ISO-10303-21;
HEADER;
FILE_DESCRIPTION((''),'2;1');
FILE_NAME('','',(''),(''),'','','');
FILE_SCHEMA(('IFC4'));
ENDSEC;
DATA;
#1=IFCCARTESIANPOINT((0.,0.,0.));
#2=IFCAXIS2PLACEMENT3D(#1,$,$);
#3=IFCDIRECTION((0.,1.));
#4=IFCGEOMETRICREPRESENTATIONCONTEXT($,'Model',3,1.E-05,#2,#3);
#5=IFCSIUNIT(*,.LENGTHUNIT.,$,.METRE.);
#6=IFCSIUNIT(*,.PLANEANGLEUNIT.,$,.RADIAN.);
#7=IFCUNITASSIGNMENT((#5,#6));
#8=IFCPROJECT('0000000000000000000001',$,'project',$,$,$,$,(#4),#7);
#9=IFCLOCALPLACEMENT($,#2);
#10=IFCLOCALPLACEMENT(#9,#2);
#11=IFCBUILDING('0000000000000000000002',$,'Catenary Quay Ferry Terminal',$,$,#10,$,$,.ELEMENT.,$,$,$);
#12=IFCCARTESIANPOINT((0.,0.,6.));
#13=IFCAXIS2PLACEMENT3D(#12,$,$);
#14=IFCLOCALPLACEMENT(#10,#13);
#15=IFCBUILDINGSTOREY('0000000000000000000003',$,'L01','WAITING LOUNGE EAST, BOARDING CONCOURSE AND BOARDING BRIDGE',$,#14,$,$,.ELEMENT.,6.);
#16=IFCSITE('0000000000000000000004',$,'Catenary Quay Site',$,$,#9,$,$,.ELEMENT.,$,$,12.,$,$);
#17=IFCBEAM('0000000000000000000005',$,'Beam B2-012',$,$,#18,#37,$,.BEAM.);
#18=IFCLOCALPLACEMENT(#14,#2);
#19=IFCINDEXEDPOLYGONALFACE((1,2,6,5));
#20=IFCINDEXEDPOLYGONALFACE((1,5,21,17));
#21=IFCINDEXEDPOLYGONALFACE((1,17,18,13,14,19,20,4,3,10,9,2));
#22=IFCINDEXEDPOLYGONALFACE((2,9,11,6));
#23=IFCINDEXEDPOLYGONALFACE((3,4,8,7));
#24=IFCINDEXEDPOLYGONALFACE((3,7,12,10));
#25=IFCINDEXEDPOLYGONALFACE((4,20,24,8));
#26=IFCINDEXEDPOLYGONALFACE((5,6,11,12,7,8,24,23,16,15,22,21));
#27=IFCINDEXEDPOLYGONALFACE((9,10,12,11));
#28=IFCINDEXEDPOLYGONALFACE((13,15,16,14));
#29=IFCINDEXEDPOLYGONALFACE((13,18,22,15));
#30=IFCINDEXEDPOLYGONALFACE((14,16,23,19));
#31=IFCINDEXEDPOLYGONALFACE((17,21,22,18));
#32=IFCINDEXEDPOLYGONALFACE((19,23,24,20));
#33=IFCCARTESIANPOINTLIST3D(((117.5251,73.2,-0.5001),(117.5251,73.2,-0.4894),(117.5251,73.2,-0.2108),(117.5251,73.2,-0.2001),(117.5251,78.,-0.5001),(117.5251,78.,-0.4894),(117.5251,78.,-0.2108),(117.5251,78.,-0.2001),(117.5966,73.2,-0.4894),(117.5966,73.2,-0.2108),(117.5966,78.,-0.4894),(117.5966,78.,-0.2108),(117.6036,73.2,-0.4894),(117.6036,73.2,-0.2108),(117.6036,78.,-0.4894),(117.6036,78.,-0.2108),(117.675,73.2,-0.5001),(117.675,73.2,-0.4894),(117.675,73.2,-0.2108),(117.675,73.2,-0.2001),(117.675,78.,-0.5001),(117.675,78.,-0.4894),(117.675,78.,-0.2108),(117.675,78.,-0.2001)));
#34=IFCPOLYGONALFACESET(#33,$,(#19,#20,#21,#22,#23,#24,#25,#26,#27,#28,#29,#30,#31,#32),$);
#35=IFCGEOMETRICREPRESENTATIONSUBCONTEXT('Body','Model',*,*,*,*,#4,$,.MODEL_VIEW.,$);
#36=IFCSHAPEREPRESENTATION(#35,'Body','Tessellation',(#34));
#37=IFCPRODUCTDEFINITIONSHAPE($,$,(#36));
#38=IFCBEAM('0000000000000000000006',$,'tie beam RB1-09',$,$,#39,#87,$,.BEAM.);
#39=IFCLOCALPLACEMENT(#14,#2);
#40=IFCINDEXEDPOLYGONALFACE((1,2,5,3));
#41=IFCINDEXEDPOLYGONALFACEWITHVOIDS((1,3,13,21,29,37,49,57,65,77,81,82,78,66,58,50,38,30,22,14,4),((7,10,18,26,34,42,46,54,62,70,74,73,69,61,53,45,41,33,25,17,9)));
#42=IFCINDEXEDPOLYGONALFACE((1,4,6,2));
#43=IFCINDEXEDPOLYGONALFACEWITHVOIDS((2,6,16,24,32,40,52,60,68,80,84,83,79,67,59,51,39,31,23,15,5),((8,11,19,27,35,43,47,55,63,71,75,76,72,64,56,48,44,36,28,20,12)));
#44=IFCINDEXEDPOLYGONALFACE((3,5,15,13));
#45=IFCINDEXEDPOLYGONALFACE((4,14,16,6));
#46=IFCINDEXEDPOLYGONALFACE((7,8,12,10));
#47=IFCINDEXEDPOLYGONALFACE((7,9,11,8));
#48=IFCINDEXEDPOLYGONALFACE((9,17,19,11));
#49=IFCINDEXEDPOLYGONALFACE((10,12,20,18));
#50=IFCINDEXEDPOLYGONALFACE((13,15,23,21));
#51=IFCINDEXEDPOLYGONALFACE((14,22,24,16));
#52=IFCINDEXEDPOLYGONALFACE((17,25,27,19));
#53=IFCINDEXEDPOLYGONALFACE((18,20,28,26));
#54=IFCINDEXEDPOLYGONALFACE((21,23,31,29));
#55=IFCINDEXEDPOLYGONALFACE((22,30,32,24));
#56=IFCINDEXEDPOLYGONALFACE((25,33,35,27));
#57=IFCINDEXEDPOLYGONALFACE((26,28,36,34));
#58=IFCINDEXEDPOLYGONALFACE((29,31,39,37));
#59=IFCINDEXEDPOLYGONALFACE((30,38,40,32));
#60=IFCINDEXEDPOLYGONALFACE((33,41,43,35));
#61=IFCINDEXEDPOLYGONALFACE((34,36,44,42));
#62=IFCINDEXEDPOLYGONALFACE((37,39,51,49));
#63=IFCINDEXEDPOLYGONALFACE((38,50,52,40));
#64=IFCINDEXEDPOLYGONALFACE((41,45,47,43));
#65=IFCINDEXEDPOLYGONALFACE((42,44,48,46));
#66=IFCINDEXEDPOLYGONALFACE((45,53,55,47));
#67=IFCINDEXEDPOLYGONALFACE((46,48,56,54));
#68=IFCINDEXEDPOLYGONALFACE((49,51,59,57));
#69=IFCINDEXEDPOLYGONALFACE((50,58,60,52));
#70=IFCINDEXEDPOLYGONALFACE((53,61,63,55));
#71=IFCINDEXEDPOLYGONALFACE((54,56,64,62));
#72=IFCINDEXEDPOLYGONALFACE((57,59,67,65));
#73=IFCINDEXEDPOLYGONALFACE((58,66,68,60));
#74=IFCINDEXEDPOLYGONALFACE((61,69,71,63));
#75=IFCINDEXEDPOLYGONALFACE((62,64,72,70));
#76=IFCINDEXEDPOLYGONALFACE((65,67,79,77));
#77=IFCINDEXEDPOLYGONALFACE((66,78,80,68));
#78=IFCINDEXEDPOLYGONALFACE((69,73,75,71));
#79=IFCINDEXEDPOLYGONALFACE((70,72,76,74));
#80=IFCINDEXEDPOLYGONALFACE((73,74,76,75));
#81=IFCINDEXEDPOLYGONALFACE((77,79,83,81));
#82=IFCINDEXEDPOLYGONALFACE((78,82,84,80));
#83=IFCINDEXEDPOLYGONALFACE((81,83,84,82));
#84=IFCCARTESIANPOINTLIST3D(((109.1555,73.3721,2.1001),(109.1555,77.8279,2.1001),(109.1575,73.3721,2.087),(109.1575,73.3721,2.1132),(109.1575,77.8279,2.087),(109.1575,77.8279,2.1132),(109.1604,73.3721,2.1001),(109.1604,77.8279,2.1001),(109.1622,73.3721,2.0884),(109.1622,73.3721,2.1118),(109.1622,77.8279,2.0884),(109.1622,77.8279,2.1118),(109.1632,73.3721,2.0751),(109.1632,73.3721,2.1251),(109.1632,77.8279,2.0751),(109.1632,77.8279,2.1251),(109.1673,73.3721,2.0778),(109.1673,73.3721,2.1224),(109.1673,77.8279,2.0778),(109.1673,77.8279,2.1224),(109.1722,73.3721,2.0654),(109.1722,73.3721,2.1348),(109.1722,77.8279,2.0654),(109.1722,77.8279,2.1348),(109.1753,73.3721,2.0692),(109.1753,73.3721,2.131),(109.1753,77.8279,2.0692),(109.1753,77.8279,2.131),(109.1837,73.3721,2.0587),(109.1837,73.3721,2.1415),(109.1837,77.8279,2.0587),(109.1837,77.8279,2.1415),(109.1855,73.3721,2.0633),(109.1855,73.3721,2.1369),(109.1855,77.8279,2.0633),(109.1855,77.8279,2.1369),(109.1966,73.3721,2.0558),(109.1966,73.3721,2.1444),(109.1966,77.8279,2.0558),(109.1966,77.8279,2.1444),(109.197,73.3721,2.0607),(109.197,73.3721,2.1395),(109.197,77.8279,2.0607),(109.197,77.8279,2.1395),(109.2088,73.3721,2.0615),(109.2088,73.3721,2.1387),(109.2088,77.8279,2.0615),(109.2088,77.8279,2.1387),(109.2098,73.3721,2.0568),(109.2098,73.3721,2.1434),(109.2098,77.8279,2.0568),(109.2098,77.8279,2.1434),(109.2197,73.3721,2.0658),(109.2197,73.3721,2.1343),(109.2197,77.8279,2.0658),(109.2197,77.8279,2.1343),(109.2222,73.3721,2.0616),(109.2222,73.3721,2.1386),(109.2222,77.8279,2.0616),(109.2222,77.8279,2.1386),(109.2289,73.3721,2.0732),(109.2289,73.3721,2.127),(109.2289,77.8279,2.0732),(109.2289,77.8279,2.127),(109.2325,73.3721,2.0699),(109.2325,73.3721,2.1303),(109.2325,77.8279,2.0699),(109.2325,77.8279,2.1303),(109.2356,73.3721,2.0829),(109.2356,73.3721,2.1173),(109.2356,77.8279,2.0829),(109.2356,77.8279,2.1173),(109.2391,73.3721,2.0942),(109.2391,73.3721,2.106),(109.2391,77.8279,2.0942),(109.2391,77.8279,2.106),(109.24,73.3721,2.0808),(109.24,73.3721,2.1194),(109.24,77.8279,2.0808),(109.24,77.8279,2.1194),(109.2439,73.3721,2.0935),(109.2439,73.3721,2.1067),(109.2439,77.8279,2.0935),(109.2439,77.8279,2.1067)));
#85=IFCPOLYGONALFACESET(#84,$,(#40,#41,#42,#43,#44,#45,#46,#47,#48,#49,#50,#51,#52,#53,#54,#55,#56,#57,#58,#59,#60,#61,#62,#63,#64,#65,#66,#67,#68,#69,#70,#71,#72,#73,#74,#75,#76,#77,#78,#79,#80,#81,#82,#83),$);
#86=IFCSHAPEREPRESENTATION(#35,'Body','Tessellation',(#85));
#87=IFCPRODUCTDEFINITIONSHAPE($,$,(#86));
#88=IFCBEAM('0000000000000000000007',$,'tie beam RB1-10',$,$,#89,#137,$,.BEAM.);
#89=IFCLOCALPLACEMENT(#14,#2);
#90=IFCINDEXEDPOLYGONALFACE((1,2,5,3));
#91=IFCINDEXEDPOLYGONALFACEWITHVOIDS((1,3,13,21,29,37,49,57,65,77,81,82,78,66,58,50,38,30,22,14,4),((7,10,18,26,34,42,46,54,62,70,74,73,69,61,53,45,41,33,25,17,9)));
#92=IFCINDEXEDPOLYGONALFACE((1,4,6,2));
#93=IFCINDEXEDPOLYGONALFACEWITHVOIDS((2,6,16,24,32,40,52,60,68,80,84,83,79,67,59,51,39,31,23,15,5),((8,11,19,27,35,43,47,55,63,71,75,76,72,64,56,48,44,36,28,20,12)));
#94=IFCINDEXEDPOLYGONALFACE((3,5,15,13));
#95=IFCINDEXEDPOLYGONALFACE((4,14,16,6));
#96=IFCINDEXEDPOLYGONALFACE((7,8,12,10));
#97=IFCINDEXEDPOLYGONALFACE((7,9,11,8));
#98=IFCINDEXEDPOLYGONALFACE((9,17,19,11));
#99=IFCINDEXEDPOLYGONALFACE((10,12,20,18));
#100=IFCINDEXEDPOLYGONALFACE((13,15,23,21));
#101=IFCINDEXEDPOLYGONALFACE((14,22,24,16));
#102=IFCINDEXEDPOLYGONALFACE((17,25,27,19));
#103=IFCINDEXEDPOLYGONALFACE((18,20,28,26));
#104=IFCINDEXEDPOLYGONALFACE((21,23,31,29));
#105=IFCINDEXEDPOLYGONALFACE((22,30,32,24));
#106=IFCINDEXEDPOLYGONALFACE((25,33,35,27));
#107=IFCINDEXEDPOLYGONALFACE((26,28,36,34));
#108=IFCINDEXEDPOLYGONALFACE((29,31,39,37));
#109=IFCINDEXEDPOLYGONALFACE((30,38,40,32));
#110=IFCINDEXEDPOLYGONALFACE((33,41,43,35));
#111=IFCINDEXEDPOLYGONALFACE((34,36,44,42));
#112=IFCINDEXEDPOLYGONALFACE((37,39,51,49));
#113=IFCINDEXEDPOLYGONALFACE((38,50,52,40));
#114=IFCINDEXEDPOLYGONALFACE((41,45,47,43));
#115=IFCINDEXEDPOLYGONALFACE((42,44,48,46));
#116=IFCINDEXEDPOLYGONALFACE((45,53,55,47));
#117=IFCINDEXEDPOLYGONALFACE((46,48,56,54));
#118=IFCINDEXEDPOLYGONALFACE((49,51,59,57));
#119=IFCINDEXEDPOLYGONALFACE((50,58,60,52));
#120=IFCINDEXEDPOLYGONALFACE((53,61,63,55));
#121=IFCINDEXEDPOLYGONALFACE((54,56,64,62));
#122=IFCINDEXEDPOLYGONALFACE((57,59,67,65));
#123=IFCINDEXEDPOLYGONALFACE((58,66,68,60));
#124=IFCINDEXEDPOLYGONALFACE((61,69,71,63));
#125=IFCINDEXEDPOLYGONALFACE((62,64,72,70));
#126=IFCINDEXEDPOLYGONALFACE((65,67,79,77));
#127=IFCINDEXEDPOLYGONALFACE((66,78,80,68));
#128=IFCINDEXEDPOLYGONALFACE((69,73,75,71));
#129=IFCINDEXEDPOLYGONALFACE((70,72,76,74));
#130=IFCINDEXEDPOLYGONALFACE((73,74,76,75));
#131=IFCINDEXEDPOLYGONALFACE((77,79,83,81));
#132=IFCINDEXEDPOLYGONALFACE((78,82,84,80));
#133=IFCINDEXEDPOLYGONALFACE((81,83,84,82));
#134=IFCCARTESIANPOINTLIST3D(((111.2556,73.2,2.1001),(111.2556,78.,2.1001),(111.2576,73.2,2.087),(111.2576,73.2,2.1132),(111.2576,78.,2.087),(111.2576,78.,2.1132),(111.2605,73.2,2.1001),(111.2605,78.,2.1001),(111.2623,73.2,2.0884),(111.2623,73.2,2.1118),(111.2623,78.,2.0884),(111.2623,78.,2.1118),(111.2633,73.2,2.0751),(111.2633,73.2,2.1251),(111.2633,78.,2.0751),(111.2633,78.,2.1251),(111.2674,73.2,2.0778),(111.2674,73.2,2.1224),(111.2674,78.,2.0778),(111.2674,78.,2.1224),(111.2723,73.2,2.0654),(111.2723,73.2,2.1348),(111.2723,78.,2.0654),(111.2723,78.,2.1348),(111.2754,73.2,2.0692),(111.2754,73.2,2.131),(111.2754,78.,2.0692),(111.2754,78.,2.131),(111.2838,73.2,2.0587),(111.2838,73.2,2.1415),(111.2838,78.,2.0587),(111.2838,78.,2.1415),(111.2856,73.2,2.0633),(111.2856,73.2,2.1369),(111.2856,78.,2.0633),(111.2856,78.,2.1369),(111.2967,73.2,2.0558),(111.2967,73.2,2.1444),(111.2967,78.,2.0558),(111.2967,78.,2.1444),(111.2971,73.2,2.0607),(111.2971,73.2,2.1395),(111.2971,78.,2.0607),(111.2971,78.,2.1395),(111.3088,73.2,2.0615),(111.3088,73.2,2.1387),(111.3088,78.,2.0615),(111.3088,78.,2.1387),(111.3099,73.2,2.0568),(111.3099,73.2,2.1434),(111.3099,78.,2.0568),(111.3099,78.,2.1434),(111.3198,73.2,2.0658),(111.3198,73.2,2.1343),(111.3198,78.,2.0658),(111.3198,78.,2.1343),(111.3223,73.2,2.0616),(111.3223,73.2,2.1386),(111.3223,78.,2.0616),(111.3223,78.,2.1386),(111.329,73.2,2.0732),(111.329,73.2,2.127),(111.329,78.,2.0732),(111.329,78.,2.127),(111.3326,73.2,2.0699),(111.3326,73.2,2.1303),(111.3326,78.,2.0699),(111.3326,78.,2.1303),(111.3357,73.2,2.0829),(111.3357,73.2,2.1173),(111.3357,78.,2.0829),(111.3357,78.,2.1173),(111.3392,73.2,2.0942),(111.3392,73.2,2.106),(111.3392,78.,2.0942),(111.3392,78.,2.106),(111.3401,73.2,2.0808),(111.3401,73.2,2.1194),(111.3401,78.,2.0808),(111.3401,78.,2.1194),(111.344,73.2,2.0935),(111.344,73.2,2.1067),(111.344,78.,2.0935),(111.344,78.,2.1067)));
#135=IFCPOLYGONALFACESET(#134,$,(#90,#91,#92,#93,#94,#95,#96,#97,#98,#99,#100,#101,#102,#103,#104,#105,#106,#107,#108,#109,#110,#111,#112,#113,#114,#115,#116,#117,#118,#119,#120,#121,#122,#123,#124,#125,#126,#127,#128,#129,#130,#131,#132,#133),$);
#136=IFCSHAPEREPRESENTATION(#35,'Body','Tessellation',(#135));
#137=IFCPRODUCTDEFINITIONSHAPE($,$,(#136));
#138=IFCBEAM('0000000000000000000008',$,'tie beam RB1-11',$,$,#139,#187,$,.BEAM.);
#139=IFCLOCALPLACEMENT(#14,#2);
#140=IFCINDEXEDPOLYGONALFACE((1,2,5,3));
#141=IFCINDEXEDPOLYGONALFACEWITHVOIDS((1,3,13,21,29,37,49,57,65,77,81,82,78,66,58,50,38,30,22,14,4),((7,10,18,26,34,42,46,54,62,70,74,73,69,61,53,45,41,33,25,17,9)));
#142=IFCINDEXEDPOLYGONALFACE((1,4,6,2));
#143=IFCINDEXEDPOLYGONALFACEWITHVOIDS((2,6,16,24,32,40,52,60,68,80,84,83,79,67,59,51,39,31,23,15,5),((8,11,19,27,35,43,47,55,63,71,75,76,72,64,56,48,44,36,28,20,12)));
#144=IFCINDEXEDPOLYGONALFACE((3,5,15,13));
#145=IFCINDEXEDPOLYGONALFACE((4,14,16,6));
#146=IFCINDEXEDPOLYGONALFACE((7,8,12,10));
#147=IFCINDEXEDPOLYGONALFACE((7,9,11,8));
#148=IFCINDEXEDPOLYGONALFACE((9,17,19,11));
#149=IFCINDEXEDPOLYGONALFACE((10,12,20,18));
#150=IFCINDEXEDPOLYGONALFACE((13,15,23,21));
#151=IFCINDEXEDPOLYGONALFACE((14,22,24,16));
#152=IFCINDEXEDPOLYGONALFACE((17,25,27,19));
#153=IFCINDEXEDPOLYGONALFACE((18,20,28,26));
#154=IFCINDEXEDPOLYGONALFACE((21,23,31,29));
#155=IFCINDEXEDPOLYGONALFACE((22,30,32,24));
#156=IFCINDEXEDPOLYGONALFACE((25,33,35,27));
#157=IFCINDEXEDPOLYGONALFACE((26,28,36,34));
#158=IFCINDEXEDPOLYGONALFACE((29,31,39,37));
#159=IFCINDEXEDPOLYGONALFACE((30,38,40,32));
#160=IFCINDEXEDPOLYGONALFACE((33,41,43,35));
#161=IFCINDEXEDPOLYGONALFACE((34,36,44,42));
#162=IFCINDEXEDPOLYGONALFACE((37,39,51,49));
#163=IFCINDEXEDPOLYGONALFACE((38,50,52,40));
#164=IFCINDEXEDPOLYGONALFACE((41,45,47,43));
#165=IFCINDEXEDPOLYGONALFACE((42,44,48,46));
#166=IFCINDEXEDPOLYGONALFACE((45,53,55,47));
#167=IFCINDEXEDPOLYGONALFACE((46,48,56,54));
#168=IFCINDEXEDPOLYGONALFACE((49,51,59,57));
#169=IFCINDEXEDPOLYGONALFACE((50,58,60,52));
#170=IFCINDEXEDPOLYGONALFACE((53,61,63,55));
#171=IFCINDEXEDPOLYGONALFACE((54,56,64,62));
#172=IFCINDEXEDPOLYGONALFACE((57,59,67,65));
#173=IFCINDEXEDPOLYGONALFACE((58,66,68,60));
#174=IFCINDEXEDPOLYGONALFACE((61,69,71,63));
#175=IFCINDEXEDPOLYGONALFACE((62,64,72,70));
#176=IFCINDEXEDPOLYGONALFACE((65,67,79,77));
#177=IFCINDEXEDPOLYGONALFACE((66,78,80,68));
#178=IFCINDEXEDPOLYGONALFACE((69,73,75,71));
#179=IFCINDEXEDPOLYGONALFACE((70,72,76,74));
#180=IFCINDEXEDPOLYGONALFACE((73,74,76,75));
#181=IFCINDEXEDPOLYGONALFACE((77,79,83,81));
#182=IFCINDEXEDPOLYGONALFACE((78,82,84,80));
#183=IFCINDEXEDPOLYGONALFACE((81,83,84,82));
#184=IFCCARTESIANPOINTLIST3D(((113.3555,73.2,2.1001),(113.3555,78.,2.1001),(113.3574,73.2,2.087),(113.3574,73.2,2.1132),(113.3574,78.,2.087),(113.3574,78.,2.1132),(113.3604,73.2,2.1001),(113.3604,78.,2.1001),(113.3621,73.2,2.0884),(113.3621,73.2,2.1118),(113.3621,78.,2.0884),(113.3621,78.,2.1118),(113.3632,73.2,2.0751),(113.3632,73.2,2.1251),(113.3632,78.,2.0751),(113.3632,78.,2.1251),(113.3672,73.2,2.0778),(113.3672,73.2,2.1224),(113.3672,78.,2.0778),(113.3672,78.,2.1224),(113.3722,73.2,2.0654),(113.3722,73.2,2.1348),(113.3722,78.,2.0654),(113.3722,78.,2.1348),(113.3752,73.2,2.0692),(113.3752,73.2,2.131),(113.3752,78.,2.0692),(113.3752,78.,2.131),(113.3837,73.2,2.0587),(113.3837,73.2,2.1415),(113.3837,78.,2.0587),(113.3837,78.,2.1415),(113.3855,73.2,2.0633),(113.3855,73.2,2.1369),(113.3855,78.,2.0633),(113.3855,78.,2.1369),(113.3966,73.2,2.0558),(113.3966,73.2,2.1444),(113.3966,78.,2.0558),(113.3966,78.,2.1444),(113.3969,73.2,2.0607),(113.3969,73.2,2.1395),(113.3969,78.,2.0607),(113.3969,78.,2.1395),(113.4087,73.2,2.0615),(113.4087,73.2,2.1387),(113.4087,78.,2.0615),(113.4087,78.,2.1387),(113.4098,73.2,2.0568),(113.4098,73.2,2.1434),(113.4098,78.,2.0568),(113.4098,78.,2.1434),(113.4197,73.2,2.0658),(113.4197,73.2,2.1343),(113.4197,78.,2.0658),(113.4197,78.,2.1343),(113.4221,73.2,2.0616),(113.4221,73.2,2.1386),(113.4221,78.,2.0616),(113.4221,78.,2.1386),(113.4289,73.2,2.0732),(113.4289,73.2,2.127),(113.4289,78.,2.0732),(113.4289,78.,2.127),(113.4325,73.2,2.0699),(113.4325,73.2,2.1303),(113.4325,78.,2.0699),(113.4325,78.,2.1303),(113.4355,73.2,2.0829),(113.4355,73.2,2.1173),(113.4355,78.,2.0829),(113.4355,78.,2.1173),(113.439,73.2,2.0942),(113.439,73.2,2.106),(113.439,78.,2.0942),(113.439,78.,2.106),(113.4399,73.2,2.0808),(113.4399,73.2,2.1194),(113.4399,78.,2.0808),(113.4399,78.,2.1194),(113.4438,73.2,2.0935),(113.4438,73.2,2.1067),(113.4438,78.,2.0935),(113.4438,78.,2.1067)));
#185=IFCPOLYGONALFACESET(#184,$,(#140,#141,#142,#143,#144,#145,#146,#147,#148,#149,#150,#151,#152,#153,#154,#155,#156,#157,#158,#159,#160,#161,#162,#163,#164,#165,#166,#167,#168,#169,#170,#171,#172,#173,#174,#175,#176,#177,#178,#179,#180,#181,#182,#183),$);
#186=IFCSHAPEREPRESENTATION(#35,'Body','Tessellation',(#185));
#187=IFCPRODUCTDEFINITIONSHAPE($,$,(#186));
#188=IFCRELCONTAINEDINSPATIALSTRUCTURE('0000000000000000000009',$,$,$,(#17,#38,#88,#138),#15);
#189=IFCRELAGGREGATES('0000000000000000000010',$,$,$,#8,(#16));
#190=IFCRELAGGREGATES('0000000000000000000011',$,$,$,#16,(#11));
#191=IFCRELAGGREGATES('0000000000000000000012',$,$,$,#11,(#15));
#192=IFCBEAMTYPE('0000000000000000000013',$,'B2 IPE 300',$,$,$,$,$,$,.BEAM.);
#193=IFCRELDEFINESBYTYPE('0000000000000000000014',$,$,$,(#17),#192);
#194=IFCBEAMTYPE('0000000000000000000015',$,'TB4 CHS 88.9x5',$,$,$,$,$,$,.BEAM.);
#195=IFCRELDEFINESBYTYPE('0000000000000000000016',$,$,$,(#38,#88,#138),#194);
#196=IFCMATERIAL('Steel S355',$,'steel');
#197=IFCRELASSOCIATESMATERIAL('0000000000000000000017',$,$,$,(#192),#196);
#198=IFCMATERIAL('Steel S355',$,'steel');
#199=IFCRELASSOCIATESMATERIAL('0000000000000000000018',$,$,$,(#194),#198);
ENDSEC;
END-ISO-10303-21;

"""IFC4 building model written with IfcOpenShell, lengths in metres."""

from ifc_helpers import new_model, si_unit, direction, frame, origin, origin_2d, place, context, subcontext, project, spatial, hollow_circle, i_section, extrude, material, material_profile, profile_set, type_object, element, save


model = new_model("IFC4")

# Units and contexts
model_context = context("Model", 3, precision=1e-05, world=origin(), true_north=direction((0.0, 1.0)))
body_context = subcontext(model_context, "Body", "Model", "MODEL_VIEW")
ifc_project = project(units=[si_unit("LENGTHUNIT", "METRE"), si_unit("PLANEANGLEUNIT", "RADIAN")], contexts=[model_context])

# Site, building, storey
site_placement = place(None, origin())
site = spatial("IfcSite", under=ifc_project, at=site_placement, Name="Catenary Quay Site", CompositionType="ELEMENT", RefElevation=12.0)
building_placement = place(site_placement, origin())
building = spatial("IfcBuilding", under=site, at=building_placement, Name="Catenary Quay Ferry Terminal", CompositionType="ELEMENT")
storey_placement = place(building_placement, frame((0.0, 0.0, 6.0)))
storey = spatial("IfcBuildingStorey", under=building, at=storey_placement, Name="L01", Description="WAITING LOUNGE EAST, BOARDING CONCOURSE AND BOARDING BRIDGE", CompositionType="ELEMENT", Elevation=6.0)

# Beams
ifc_material_1 = material(Name="Steel S355", Category="steel")
ifc_material_profile_1 = material_profile(ifc_material_1, i_section(OverallWidth=0.1499, OverallDepth=0.3, WebThickness=0.0071, FlangeThickness=0.0107, at=origin_2d()), Name="IPE 300")
ifc_profile_set_1 = profile_set([ifc_material_profile_1], Name="Steel S355")
beam_type_1 = type_object("IfcBeamType", Name="B2 IPE 300", PredefinedType="BEAM", material=ifc_profile_set_1)
for number, where, z_axis, x_axis, name in (
    (1, (117.6001, 73.2, -0.3501), (0.0, 1.0, 0.0), (-1.0, 0.0, 0.0), "Beam B2-012"),
):
    element("IfcBeam", number, at=place(storey_placement, frame(where, z_axis=z_axis, x_axis=x_axis)), inside=storey, type_object=beam_type_1, Name=name, PredefinedType="BEAM", context=body_context, shape_type="SweptSolid", body=[
        extrude(i_section(OverallWidth=0.1499, OverallDepth=0.3, WebThickness=0.0071, FlangeThickness=0.0107, at=origin_2d()), origin(), (0.0, 0.0, 1.0), 4.8),
    ])
ifc_material_2 = material(Name="Steel S355", Category="steel")
ifc_material_profile_2 = material_profile(ifc_material_2, hollow_circle(Radius=0.0444, WallThickness=0.0049, at=origin_2d()), Name="CHS 88.9x5")
ifc_profile_set_2 = profile_set([ifc_material_profile_2], Name="Steel S355")
beam_type_2 = type_object("IfcBeamType", Name="TB4 CHS 88.9x5", PredefinedType="BEAM", material=ifc_profile_set_2)
beam_1_placement = place(storey_placement, frame((109.2, 73.3721, 2.1001), z_axis=(0.0, 1.0, 0.0), x_axis=(-1.0, 0.0, 0.0)))
element("IfcBeam", 2, at=beam_1_placement, inside=storey, type_object=beam_type_2, Name="tie beam RB1-09", PredefinedType="BEAM", context=body_context, shape_type="SweptSolid", body=[
    extrude(hollow_circle(Radius=0.0444, WallThickness=0.0049, at=origin_2d()), origin(), (0.0, 0.0, 1.0), 4.4558),
])
for number, where, z_axis, x_axis, name in (
    (3, (111.3, 73.2, 2.1001), (0.0, 1.0, 0.0), (-1.0, 0.0, 0.0), "tie beam RB1-10"),
    (4, (113.3999, 73.2, 2.1001), (0.0, 1.0, 0.0), (-1.0, 0.0, 0.0), "tie beam RB1-11"),
):
    element("IfcBeam", number, at=place(storey_placement, frame(where, z_axis=z_axis, x_axis=x_axis)), inside=storey, type_object=beam_type_2, Name=name, PredefinedType="BEAM", context=body_context, shape_type="SweptSolid", body=[
        extrude(hollow_circle(Radius=0.0444, WallThickness=0.0049, at=origin_2d()), origin(), (0.0, 0.0, 1.0), 4.8),
    ])

save(model, "model.ifc")
